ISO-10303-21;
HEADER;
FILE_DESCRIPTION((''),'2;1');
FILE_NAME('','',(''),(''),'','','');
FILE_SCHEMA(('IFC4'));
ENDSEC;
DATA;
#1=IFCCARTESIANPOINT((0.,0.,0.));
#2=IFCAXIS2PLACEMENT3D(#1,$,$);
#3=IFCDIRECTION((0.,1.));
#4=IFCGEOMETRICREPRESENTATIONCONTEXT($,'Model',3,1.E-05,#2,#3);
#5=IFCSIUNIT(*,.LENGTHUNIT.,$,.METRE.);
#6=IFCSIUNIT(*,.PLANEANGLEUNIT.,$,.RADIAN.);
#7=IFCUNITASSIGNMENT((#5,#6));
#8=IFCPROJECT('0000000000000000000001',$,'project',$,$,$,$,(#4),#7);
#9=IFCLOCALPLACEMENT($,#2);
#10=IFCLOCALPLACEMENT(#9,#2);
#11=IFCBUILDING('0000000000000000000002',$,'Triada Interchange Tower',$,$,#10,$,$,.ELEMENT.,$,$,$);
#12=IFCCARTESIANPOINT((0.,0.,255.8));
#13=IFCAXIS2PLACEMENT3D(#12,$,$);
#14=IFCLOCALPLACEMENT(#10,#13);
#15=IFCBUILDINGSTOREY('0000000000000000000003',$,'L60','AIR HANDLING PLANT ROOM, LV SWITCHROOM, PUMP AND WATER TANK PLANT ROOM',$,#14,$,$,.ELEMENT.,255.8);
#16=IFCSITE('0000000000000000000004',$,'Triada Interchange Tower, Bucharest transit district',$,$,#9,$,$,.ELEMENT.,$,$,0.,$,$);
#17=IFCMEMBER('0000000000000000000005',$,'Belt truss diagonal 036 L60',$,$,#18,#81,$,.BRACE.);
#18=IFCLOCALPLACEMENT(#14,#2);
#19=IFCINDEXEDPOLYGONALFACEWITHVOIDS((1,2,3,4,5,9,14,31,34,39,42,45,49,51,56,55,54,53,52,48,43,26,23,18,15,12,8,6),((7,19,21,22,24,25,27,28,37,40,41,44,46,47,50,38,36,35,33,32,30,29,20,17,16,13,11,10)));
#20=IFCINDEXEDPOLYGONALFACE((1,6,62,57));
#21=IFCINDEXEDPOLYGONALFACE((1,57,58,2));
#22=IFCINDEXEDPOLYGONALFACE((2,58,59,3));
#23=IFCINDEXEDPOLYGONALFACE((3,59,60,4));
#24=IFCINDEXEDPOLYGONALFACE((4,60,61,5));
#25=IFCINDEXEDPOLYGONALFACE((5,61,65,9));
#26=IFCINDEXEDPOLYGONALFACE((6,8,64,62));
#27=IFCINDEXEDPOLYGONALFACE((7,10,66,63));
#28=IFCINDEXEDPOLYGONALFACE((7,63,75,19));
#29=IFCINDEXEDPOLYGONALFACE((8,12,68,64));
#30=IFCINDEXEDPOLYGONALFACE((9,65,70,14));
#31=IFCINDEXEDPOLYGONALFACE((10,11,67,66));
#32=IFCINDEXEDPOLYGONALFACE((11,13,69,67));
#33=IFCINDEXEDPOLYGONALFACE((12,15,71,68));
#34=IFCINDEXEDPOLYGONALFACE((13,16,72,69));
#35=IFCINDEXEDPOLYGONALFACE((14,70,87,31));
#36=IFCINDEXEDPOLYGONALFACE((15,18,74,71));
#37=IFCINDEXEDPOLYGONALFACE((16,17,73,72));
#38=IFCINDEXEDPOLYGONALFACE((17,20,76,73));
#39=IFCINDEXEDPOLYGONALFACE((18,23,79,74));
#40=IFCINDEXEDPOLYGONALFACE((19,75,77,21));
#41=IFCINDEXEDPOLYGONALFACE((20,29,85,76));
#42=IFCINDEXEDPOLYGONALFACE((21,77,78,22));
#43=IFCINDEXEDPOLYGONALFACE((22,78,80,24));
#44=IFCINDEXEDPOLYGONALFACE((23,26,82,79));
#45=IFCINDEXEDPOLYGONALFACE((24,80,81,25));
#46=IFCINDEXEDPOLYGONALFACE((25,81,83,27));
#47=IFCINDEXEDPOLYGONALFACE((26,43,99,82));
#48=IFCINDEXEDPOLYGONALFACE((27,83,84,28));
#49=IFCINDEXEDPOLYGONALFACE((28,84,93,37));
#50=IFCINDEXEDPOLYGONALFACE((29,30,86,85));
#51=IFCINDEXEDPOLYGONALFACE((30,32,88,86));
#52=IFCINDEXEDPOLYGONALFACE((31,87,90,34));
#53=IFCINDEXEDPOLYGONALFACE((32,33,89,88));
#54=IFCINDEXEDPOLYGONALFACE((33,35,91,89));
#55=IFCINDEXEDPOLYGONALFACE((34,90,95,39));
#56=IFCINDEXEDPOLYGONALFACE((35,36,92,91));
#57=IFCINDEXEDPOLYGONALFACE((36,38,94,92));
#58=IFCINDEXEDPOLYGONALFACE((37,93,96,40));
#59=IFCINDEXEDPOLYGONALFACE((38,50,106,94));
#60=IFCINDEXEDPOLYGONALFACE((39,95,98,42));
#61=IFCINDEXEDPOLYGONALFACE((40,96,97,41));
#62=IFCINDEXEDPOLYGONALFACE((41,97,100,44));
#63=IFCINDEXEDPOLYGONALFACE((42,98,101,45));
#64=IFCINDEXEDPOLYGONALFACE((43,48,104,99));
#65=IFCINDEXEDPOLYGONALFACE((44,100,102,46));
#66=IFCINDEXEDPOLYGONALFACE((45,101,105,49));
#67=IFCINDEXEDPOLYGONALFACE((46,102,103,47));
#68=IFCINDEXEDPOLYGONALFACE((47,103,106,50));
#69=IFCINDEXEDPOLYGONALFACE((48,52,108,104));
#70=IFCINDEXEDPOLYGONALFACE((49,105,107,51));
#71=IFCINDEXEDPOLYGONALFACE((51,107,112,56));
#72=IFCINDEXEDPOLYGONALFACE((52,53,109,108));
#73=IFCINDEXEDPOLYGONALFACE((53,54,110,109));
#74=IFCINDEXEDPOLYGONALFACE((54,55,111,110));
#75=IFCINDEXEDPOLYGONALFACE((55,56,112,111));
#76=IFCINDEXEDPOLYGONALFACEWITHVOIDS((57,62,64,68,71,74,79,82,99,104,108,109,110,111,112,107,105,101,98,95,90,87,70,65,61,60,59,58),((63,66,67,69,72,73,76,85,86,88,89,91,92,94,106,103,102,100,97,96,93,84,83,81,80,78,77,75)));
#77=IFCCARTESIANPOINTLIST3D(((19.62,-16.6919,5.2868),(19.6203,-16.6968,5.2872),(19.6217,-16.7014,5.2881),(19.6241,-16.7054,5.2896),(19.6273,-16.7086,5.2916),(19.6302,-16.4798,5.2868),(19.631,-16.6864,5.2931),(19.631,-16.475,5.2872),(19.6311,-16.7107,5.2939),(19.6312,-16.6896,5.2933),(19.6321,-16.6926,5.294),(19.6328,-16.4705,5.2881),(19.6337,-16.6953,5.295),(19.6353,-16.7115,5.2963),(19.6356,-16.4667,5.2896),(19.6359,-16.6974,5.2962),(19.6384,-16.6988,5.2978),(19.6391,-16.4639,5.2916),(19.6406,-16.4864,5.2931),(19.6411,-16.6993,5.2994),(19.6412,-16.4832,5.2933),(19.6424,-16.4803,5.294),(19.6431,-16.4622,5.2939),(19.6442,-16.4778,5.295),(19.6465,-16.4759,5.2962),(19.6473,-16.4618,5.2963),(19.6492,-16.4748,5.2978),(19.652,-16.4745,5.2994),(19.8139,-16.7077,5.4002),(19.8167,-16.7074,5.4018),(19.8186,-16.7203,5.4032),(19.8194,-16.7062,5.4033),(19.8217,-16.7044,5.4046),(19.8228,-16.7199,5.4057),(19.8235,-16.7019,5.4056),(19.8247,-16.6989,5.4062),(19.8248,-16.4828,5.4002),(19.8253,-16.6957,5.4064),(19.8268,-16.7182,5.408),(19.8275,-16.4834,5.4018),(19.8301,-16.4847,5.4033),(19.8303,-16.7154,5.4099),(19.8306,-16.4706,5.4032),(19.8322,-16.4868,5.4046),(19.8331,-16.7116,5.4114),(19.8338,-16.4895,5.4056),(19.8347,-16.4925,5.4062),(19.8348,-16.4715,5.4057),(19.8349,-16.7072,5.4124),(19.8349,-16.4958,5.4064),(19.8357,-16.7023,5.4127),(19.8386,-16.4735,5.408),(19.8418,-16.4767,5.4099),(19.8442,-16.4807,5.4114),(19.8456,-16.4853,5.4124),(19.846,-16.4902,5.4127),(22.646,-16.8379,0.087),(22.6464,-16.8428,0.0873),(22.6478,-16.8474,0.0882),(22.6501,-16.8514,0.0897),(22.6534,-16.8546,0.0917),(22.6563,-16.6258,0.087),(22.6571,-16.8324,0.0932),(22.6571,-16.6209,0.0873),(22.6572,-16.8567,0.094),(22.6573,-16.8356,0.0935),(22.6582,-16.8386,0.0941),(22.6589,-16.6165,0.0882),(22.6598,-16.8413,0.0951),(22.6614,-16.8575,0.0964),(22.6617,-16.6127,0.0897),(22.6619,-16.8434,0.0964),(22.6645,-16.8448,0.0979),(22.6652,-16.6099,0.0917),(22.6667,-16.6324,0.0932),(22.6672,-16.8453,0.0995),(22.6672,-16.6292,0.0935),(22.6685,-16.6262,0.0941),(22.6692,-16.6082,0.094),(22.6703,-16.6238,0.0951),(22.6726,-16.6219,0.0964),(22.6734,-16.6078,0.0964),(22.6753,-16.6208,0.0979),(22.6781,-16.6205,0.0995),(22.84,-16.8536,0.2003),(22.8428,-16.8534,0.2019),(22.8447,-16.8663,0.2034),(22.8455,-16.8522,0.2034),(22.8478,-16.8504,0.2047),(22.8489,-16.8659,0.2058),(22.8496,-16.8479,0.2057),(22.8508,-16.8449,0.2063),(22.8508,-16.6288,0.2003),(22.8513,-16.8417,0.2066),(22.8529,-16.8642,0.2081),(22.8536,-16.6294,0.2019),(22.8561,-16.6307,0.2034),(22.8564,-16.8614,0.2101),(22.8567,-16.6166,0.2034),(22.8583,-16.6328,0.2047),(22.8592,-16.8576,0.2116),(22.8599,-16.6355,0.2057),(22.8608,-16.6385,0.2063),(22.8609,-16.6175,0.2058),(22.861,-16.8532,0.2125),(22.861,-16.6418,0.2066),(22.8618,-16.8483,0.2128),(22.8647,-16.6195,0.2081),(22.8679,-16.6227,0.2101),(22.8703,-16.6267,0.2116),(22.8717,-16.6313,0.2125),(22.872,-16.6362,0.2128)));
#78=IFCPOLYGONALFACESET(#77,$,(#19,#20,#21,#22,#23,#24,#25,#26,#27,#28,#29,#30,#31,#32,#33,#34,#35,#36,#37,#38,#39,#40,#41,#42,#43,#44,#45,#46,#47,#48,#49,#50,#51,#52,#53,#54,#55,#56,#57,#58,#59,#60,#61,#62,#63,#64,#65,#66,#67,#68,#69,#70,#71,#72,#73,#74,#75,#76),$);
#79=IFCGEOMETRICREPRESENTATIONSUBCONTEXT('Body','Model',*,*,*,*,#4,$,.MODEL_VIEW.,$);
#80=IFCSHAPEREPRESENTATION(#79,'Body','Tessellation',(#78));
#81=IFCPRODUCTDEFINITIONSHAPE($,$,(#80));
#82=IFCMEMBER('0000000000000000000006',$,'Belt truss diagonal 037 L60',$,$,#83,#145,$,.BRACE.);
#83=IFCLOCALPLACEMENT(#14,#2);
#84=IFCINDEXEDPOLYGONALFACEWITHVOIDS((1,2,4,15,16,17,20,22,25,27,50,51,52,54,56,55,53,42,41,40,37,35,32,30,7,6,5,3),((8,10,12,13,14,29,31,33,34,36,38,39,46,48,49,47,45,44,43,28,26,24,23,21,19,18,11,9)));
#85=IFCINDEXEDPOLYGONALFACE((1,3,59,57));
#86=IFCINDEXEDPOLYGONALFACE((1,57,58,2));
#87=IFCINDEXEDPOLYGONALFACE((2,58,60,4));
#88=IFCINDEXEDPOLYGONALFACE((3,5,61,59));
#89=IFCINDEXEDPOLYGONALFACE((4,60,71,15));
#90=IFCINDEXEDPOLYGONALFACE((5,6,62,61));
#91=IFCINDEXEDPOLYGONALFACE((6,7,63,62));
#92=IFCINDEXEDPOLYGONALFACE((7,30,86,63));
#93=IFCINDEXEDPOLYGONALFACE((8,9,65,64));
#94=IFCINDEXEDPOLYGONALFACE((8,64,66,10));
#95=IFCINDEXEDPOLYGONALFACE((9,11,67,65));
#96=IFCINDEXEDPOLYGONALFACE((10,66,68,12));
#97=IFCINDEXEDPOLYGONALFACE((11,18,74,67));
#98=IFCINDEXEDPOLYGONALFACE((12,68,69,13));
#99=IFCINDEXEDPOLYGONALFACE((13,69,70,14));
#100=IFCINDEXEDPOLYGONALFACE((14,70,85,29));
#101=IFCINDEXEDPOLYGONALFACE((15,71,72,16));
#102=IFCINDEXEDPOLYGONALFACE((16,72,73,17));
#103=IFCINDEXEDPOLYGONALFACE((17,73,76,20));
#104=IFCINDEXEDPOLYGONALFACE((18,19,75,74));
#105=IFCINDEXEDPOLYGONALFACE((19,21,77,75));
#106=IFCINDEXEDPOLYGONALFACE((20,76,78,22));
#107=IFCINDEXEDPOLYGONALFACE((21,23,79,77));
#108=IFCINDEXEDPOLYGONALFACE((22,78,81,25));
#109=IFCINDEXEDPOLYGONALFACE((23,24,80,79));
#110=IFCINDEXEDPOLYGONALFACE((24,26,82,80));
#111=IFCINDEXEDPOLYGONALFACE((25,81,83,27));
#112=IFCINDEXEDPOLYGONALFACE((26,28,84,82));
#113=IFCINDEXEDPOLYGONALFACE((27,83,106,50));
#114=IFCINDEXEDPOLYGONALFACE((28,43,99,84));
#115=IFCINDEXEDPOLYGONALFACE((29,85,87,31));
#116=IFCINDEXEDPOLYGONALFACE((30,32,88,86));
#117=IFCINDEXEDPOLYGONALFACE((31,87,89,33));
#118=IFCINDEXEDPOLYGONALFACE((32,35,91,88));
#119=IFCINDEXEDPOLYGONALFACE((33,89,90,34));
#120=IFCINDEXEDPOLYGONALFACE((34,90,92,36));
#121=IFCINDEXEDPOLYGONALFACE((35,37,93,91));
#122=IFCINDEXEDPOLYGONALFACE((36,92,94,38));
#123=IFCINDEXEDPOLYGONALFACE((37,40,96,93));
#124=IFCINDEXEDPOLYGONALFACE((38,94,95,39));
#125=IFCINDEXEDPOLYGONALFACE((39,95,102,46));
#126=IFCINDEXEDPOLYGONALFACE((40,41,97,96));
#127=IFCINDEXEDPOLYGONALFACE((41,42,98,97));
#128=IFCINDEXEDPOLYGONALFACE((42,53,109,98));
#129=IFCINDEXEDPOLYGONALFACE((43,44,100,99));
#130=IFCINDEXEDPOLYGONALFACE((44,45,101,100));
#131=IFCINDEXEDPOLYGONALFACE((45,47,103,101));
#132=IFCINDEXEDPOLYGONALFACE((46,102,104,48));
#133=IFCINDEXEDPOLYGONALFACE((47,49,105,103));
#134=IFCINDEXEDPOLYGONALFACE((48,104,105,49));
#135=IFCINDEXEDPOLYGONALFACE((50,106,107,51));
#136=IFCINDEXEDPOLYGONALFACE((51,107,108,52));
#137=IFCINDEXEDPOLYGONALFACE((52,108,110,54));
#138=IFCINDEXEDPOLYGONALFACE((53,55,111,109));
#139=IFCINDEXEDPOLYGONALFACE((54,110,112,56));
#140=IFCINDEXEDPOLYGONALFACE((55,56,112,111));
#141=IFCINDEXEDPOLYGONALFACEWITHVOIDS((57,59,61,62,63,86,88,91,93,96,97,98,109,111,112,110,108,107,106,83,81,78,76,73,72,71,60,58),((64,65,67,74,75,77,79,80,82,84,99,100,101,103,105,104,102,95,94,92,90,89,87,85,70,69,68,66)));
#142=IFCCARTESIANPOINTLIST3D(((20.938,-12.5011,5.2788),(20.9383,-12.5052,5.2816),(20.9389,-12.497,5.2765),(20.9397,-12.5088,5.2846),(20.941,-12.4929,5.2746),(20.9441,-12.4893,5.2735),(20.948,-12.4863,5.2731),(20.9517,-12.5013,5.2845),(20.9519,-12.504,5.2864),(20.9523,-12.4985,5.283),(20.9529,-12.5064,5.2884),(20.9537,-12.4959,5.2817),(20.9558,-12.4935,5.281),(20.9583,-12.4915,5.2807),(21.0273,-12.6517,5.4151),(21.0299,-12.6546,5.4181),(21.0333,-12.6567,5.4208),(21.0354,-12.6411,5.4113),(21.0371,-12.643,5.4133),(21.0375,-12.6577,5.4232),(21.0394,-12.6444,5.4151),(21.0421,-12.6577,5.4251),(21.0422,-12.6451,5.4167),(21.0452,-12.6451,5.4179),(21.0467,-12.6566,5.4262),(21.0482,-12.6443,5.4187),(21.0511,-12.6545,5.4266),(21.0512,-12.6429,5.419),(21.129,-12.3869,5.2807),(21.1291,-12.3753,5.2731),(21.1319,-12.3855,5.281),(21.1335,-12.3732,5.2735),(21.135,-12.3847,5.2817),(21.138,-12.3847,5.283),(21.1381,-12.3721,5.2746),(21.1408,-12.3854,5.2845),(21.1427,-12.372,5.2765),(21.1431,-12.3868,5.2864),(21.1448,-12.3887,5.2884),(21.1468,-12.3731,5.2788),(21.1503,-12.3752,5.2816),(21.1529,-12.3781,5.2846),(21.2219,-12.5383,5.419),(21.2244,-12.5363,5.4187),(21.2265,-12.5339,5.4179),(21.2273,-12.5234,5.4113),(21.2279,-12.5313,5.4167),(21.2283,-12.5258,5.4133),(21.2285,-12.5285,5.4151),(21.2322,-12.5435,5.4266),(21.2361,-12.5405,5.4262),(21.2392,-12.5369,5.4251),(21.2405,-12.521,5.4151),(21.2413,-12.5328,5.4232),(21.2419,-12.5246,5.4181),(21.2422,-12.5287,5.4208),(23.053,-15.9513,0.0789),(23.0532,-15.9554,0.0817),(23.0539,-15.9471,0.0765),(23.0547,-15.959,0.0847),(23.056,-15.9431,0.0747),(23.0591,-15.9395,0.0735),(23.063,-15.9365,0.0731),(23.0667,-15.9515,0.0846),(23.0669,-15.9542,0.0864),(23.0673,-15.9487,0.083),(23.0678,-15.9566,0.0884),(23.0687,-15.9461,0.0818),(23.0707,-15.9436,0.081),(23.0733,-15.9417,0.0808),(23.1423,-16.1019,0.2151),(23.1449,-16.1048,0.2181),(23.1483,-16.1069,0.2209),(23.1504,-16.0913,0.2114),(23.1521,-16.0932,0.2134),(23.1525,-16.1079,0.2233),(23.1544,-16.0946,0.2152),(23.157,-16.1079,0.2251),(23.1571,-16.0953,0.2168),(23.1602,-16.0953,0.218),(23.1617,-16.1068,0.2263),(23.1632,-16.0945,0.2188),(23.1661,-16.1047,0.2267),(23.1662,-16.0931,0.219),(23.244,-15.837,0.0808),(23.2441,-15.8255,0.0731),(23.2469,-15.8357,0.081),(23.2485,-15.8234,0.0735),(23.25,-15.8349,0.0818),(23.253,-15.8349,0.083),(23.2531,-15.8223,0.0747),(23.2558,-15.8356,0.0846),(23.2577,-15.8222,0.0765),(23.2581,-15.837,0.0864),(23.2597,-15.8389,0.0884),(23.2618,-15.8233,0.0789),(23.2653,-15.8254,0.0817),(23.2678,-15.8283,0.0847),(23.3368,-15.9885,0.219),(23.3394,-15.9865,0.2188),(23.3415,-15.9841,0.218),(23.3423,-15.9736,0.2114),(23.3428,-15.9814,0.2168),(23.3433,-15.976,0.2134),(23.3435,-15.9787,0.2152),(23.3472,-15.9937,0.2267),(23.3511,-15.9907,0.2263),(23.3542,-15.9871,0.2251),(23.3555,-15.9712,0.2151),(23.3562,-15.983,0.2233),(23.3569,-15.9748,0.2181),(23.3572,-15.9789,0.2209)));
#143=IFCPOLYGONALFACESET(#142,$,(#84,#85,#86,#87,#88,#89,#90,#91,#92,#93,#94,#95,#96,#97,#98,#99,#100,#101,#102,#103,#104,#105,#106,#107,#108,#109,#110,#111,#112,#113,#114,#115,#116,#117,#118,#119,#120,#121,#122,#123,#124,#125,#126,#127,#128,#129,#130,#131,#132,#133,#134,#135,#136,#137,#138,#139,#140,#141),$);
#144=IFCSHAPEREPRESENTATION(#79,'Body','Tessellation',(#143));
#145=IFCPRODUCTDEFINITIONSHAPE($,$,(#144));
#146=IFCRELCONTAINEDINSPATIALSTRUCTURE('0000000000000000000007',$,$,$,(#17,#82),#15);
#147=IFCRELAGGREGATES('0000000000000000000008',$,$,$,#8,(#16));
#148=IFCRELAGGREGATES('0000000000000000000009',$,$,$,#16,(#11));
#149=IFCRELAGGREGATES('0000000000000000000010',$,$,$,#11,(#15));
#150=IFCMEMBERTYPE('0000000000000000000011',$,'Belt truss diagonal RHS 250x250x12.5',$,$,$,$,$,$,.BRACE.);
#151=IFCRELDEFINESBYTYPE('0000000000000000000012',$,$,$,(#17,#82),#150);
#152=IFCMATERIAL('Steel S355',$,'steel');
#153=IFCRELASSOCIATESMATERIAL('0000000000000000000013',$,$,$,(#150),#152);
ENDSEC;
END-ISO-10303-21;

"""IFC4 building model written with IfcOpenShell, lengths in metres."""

from ifc_helpers import new_model, si_unit, direction, frame, origin, origin_2d, place, context, subcontext, project, spatial, hollow_rectangle, extrude, material, material_profile, profile_set, type_object, element, save


model = new_model("IFC4")

# Units and contexts
model_context = context("Model", 3, precision=1e-05, world=origin(), true_north=direction((0.0, 1.0)))
body_context = subcontext(model_context, "Body", "Model", "MODEL_VIEW")
ifc_project = project(units=[si_unit("LENGTHUNIT", "METRE"), si_unit("PLANEANGLEUNIT", "RADIAN")], contexts=[model_context])

# Site, building, storey
site_placement = place(None, origin())
site = spatial("IfcSite", under=ifc_project, at=site_placement, Name="Triada Interchange Tower, Bucharest transit district", CompositionType="ELEMENT", RefElevation=0.0)
building_placement = place(site_placement, origin())
building = spatial("IfcBuilding", under=site, at=building_placement, Name="Triada Interchange Tower", CompositionType="ELEMENT")
storey_placement = place(building_placement, frame((0.0, 0.0, 255.8)))
storey = spatial("IfcBuildingStorey", under=building, at=storey_placement, Name="L60", Description="AIR HANDLING PLANT ROOM, LV SWITCHROOM, PUMP AND WATER TANK PLANT ROOM", CompositionType="ELEMENT", Elevation=255.8)

# Members
ifc_material_1 = material(Name="Steel S355", Category="steel")
ifc_material_profile_1 = material_profile(ifc_material_1, hollow_rectangle(XDim=0.25, YDim=0.25, WallThickness=0.0125, InnerFilletRadius=0.0125, OuterFilletRadius=0.0188, at=origin_2d()), Name="RHS 250x250x12.5")
ifc_profile_set_1 = profile_set([ifc_material_profile_1], Name="Steel S355")
member_type_1 = type_object("IfcMemberType", Name="Belt truss diagonal RHS 250x250x12.5", PredefinedType="BRACE", material=ifc_profile_set_1)
member_1_placement = place(storey_placement, frame((22.759, -16.7371, 0.1499), z_axis=(-0.502832, 0.024259, 0.864044), x_axis=(-0.048189, -0.998838, 0.0)))
element("IfcMember", 1, at=member_1_placement, inside=storey, type_object=member_type_1, Name="Belt truss diagonal 036 L60", PredefinedType="BRACE", context=body_context, shape_type="SweptSolid", body=[
    extrude(hollow_rectangle(XDim=0.25, YDim=0.25, WallThickness=0.0125, InnerFilletRadius=0.0125, OuterFilletRadius=0.0188, at=origin_2d()), origin(), (0.0, 0.0, 1.0), 6.0181),
])
member_2_placement = place(storey_placement, frame((23.2051, -15.9651, 0.1499), z_axis=(-0.320982, 0.52362, 0.789172), x_axis=(-0.852562, -0.522626, 0.0)))
element("IfcMember", 2, at=member_2_placement, inside=storey, type_object=member_type_1, Name="Belt truss diagonal 037 L60", PredefinedType="BRACE", context=body_context, shape_type="SweptSolid", body=[
    extrude(hollow_rectangle(XDim=0.25, YDim=0.25, WallThickness=0.0125, InnerFilletRadius=0.0125, OuterFilletRadius=0.0188, at=origin_2d()), origin(), (0.0, 0.0, 1.0), 6.5891),
])

save(model, "model.ifc")
